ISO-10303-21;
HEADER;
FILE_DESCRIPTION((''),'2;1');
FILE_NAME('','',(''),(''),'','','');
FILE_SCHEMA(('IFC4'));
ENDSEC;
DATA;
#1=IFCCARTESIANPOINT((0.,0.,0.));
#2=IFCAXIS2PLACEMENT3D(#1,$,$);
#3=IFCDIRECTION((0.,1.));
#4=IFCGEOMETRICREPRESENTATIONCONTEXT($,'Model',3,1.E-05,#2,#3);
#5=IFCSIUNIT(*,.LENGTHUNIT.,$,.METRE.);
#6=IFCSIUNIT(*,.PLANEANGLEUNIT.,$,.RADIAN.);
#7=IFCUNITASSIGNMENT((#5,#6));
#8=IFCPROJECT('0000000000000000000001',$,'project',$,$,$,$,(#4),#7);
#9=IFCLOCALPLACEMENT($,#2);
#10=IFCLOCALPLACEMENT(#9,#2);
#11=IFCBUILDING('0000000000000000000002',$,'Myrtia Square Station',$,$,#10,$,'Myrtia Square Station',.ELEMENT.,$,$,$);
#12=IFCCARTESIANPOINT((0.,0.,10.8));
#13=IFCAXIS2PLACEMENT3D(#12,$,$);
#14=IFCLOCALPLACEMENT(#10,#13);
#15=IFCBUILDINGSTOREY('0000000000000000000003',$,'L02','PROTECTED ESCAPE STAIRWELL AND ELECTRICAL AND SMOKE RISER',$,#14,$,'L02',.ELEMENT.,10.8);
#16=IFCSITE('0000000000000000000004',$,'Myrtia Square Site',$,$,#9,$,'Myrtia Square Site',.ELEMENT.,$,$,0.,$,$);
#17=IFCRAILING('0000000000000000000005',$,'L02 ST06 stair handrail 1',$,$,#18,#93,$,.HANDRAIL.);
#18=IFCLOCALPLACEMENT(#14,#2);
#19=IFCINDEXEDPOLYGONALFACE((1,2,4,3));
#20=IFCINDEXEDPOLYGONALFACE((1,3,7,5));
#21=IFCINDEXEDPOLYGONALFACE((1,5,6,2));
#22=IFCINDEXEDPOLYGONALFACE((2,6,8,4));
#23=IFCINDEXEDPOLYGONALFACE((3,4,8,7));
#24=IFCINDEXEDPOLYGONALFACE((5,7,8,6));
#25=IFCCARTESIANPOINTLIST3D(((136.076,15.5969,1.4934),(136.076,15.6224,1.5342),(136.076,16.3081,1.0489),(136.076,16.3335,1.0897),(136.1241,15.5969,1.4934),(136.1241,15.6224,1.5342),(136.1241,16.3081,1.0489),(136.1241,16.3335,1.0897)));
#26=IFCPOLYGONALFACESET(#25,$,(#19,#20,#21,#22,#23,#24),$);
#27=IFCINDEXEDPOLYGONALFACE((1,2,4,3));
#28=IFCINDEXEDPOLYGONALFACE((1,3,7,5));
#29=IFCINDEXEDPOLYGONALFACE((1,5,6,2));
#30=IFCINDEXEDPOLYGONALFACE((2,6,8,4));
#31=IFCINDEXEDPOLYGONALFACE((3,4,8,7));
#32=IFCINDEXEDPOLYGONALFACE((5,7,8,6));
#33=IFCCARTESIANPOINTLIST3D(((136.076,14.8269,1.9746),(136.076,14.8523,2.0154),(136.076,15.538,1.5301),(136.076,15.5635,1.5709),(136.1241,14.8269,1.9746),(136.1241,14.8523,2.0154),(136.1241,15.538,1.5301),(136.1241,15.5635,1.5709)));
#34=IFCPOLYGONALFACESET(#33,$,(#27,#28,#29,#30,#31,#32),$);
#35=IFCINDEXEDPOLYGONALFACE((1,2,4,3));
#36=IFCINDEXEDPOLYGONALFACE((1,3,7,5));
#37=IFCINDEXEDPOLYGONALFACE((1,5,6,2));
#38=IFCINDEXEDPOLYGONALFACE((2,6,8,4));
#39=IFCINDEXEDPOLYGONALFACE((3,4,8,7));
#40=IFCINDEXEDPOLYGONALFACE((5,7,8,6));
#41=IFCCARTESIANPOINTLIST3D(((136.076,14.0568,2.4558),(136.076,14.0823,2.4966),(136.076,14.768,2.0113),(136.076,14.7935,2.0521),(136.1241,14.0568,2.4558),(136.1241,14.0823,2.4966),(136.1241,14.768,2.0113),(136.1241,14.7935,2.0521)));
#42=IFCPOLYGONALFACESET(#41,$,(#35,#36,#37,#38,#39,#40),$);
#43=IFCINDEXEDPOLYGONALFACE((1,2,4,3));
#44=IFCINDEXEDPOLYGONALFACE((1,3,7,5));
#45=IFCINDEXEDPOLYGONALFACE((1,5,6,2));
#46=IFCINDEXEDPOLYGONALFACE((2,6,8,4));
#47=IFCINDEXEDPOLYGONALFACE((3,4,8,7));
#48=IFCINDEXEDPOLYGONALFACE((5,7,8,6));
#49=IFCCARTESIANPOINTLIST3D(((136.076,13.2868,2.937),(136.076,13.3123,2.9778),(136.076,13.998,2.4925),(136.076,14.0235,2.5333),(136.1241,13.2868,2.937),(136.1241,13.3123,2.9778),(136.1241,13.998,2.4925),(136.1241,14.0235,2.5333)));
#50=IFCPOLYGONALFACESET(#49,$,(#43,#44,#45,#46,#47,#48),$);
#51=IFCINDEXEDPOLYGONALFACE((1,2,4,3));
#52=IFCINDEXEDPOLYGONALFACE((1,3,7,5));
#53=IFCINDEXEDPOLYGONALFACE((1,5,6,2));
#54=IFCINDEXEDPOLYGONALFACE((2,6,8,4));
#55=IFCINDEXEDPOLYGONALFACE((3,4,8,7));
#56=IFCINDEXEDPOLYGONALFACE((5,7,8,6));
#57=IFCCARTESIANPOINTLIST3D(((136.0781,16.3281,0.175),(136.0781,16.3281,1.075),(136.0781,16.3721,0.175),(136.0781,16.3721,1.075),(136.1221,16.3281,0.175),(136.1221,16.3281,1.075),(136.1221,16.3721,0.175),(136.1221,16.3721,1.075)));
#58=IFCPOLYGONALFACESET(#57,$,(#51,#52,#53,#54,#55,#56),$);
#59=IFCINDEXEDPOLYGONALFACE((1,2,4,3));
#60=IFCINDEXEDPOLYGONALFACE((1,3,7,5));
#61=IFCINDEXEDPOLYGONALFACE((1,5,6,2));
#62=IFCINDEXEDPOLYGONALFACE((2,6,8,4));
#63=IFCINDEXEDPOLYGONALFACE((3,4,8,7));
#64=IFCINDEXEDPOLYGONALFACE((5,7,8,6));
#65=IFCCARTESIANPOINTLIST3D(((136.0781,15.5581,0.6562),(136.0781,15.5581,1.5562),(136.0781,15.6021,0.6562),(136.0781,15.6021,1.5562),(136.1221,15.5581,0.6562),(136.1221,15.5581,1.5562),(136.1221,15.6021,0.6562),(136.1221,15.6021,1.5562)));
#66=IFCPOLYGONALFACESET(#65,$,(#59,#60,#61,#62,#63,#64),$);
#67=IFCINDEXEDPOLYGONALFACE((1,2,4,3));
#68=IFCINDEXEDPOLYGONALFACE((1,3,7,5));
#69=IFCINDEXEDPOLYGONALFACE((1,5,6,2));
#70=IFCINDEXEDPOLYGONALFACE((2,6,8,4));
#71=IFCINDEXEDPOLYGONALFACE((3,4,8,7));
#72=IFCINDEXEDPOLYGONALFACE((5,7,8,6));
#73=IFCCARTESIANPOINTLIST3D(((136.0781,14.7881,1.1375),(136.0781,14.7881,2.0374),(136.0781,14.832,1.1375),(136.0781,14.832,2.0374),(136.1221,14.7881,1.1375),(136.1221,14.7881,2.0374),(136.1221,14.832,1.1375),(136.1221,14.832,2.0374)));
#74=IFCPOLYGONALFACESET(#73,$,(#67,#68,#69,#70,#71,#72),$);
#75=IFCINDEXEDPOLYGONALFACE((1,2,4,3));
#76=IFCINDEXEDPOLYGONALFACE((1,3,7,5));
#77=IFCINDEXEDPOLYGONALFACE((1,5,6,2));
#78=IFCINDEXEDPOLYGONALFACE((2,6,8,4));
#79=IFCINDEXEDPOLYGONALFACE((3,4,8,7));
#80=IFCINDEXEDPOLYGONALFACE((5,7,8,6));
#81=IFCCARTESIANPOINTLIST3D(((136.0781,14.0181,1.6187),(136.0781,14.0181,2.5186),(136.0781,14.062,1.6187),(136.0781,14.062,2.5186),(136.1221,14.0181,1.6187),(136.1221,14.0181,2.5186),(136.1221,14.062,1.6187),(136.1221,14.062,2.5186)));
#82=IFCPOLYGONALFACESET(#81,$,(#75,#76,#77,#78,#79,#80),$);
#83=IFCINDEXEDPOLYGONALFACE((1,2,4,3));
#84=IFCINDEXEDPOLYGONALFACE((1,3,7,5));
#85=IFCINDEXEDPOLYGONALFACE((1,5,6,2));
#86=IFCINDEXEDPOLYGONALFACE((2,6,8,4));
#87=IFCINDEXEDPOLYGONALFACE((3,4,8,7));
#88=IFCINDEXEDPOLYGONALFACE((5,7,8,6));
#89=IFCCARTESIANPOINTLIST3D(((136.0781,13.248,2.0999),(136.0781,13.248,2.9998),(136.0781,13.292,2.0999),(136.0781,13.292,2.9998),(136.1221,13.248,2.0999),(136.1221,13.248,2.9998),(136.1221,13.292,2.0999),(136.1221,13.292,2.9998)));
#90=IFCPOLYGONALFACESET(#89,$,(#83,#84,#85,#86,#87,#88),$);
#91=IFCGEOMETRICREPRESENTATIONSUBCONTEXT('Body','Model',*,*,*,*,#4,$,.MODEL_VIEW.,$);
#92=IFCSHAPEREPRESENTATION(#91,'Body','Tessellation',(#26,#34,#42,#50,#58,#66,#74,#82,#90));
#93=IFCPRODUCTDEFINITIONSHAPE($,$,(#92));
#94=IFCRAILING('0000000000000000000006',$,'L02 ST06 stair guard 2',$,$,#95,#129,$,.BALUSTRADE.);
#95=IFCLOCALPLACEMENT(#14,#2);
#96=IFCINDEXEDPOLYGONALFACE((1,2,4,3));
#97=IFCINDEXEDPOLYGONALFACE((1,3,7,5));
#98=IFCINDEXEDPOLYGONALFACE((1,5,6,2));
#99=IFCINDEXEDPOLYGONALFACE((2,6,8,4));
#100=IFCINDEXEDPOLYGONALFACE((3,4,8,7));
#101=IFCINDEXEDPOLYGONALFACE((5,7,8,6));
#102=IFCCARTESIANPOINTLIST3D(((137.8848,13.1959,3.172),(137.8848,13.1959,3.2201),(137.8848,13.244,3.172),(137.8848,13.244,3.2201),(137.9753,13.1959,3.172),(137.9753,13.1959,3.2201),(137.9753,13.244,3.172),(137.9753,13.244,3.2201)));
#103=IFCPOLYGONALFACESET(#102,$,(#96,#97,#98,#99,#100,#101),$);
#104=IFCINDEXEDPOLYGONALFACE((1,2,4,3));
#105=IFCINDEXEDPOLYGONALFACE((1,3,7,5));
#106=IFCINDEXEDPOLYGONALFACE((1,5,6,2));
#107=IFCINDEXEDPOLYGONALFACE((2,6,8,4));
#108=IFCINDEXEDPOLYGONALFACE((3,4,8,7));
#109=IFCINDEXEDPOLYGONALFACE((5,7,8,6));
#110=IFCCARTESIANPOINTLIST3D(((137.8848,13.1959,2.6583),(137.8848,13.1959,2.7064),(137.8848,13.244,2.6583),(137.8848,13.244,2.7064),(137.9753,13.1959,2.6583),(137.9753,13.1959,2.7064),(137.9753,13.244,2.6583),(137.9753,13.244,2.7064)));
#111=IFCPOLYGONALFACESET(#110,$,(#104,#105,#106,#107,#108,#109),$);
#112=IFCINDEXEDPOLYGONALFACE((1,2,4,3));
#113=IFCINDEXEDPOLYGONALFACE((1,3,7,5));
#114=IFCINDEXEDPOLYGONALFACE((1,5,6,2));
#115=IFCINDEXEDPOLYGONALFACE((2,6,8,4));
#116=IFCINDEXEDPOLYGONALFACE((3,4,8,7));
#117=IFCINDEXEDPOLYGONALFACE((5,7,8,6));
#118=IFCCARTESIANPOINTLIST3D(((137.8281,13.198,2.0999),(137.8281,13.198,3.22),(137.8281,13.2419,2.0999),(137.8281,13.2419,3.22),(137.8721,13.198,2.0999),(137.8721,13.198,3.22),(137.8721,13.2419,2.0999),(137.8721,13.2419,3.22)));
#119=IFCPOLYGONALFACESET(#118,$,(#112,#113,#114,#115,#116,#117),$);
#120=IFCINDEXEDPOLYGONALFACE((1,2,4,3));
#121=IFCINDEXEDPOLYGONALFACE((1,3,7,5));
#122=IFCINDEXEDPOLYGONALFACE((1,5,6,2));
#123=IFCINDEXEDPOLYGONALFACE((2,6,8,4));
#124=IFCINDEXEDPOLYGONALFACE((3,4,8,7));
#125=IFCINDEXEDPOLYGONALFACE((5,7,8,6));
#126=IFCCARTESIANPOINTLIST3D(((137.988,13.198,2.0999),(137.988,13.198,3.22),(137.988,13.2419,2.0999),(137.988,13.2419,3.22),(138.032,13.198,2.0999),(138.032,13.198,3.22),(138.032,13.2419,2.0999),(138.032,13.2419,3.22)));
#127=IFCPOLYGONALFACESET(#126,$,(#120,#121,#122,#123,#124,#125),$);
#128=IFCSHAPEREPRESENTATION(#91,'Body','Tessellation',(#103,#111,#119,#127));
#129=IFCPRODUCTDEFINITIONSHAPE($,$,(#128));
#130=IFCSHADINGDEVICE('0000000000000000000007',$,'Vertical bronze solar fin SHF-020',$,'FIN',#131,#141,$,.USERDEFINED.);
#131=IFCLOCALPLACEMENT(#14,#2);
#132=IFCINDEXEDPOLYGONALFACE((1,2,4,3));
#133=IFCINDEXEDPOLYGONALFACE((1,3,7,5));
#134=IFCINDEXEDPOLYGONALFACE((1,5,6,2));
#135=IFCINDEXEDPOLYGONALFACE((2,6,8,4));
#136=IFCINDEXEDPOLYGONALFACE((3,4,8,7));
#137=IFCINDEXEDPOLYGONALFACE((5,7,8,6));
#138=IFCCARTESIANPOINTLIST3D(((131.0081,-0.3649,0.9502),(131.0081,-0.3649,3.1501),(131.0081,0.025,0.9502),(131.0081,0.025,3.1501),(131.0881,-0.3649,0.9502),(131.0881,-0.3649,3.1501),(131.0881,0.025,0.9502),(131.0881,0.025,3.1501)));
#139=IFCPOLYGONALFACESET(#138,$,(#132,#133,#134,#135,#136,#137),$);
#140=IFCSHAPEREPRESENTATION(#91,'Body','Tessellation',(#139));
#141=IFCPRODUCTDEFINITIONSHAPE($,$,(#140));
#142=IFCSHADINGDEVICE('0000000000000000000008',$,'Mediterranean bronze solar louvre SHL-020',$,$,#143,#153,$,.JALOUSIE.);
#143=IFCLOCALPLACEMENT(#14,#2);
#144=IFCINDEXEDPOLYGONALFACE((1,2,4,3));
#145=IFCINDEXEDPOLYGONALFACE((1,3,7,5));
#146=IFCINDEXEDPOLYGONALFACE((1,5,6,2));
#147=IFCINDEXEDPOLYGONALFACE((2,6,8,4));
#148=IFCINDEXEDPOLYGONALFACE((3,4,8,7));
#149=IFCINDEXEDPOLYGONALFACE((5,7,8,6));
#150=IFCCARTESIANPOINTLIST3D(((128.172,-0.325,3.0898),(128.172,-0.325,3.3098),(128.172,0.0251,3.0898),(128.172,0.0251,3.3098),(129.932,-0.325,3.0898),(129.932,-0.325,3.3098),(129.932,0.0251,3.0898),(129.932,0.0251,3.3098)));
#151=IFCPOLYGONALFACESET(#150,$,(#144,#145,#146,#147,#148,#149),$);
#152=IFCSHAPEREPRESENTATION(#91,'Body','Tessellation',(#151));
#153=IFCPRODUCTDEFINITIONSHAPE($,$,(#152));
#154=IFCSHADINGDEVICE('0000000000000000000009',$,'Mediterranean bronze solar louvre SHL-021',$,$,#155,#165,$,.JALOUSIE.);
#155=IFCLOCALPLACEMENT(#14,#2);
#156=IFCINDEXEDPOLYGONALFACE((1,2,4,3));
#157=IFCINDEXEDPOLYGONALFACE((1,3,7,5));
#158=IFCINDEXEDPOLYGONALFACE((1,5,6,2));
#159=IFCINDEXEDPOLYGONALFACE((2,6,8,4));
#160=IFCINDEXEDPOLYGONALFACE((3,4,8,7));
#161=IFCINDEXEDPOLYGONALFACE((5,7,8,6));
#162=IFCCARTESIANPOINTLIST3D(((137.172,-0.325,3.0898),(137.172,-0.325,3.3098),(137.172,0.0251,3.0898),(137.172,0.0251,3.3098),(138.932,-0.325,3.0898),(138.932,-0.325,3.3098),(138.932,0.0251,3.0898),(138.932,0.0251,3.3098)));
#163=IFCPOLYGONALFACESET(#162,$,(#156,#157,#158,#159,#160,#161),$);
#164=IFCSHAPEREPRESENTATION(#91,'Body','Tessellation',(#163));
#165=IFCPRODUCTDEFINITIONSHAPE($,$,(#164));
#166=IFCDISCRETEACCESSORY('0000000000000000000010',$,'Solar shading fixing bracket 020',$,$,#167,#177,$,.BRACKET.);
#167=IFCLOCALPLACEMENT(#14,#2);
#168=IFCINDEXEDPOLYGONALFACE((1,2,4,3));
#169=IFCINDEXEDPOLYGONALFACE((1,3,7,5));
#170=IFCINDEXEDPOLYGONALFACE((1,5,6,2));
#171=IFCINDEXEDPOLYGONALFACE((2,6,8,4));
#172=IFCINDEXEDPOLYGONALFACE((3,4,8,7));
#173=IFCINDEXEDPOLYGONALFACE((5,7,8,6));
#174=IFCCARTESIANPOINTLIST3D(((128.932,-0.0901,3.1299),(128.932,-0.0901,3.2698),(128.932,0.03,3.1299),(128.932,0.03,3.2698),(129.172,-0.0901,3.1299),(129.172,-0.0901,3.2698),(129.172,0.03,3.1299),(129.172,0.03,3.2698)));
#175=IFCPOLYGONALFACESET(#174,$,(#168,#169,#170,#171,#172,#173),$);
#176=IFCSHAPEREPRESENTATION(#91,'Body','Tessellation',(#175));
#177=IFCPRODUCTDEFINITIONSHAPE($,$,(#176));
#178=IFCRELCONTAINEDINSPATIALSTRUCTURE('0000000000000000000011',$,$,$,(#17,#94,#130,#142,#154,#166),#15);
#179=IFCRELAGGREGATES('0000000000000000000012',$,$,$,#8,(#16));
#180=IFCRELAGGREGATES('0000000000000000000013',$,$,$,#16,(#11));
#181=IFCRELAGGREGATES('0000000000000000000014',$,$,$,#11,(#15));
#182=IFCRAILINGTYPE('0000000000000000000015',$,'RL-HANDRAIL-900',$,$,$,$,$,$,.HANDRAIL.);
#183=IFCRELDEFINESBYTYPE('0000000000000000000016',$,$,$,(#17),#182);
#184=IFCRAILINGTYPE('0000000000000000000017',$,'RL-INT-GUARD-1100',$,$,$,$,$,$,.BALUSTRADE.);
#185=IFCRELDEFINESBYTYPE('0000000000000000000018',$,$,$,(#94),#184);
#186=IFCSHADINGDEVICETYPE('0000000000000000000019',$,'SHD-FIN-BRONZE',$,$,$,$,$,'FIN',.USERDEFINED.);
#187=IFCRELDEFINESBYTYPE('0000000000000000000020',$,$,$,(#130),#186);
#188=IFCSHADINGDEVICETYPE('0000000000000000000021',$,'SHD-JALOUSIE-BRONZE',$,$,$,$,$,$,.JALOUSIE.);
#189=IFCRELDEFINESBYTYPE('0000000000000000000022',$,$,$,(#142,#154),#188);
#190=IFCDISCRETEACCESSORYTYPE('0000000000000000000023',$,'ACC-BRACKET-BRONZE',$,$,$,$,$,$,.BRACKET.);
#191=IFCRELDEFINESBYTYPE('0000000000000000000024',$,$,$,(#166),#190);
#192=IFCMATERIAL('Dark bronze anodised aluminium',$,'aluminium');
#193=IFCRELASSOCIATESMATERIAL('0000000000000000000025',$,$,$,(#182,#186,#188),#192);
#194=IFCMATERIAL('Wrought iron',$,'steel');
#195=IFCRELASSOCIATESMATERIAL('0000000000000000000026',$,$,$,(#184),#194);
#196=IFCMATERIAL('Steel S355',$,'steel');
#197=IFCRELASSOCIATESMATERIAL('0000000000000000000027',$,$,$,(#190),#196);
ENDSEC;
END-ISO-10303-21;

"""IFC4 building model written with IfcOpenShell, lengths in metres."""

from ifc_helpers import new_model, si_unit, direction, frame, origin, origin_2d, place, context, subcontext, project, spatial, rectangle, extrude, material, type_object, element, save


model = new_model("IFC4")

# Units and contexts
model_context = context("Model", 3, precision=1e-05, world=origin(), true_north=direction((0.0, 1.0)))
body_context = subcontext(model_context, "Body", "Model", "MODEL_VIEW")
ifc_project = project(units=[si_unit("LENGTHUNIT", "METRE"), si_unit("PLANEANGLEUNIT", "RADIAN")], contexts=[model_context])

# Site, building, storey
site_placement = place(None, origin())
site = spatial("IfcSite", under=ifc_project, at=site_placement, Name="Myrtia Square Site", LongName="Myrtia Square Site", CompositionType="ELEMENT", RefElevation=0.0)
building_placement = place(site_placement, origin())
building = spatial("IfcBuilding", under=site, at=building_placement, Name="Myrtia Square Station", LongName="Myrtia Square Station", CompositionType="ELEMENT")
storey_placement = place(building_placement, frame((0.0, 0.0, 10.8)))
storey = spatial("IfcBuildingStorey", under=building, at=storey_placement, Name="L02", Description="PROTECTED ESCAPE STAIRWELL AND ELECTRICAL AND SMOKE RISER", LongName="L02", CompositionType="ELEMENT", Elevation=10.8)

# Shared definitions
ifc_material_1 = material(Name="Steel S355", Category="steel")

# Railings
ifc_material_2 = material(Name="Dark bronze anodised aluminium", Category="aluminium")
railing_type_1 = type_object("IfcRailingType", Name="RL-HANDRAIL-900", PredefinedType="HANDRAIL", material=ifc_material_2)
railing_1_placement = place(storey_placement, frame((136.1001, 16.3501, 0.175)))
element("IfcRailing", 1, at=railing_1_placement, inside=storey, type_object=railing_type_1, Name="L02 ST06 stair handrail 1", PredefinedType="HANDRAIL", context=body_context, shape_type="SweptSolid", body=[
    extrude(rectangle(XDim=0.0481, YDim=0.0481, at=origin_2d()), frame((0.0, -0.0293, 0.8943), z_axis=(0.0, -0.848029, 0.529951), x_axis=(1.0, 0.0, 0.0)), (0.0, 0.0, 1.0), 0.8386),
    extrude(rectangle(XDim=0.0481, YDim=0.0481, at=origin_2d()), frame((0.0, -0.7993, 1.3755), z_axis=(0.0, -0.848029, 0.529951), x_axis=(1.0, 0.0, 0.0)), (0.0, 0.0, 1.0), 0.8386),
    extrude(rectangle(XDim=0.0481, YDim=0.0481, at=origin_2d()), frame((0.0, -1.5693, 1.8567), z_axis=(0.0, -0.848029, 0.529951), x_axis=(1.0, 0.0, 0.0)), (0.0, 0.0, 1.0), 0.8386),
    extrude(rectangle(XDim=0.0481, YDim=0.0481, at=origin_2d()), frame((0.0, -2.3394, 2.3379), z_axis=(0.0, -0.848029, 0.529951), x_axis=(1.0, 0.0, 0.0)), (0.0, 0.0, 1.0), 0.8386),
    extrude(rectangle(XDim=0.0439, YDim=0.0439, at=origin_2d()), origin(), (0.0, 0.0, 1.0), 0.8999),
    extrude(rectangle(XDim=0.0439, YDim=0.0439, at=origin_2d()), frame((0.0, -0.77, 0.4812)), (0.0, 0.0, 1.0), 0.8999),
    extrude(rectangle(XDim=0.0439, YDim=0.0439, at=origin_2d()), frame((0.0, -1.54, 0.9624)), (0.0, 0.0, 1.0), 0.8999),
    extrude(rectangle(XDim=0.0439, YDim=0.0439, at=origin_2d()), frame((0.0, -2.3101, 1.4436)), (0.0, 0.0, 1.0), 0.8999),
    extrude(rectangle(XDim=0.0439, YDim=0.0439, at=origin_2d()), frame((0.0, -3.0801, 1.9248)), (0.0, 0.0, 1.0), 0.8999),
])
ifc_material_3 = material(Name="Wrought iron", Category="steel")
railing_type_2 = type_object("IfcRailingType", Name="RL-INT-GUARD-1100", PredefinedType="BALUSTRADE", material=ifc_material_3)
railing_2_placement = place(storey_placement, frame((137.8501, 13.22, 2.0999)))
element("IfcRailing", 2, at=railing_2_placement, inside=storey, type_object=railing_type_2, Name="L02 ST06 stair guard 2", PredefinedType="BALUSTRADE", context=body_context, shape_type="SweptSolid", body=[
    extrude(rectangle(XDim=0.0481, YDim=0.0481, at=origin_2d()), frame((0.0347, 0.0, 1.0962), z_axis=(1.0, 0.0, 0.0), x_axis=(0.0, 1.0, 0.0)), (0.0, 0.0, 1.0), 0.0906),
    extrude(rectangle(XDim=0.0481, YDim=0.0481, at=origin_2d()), frame((0.0347, 0.0, 0.5825), z_axis=(1.0, 0.0, 0.0), x_axis=(0.0, 1.0, 0.0)), (0.0, 0.0, 1.0), 0.0906),
    extrude(rectangle(XDim=0.0439, YDim=0.0439, at=origin_2d()), origin(), (0.0, 0.0, 1.0), 1.1201),
    extrude(rectangle(XDim=0.0439, YDim=0.0439, at=origin_2d()), frame((0.1599, 0.0, 0.0)), (0.0, 0.0, 1.0), 1.1201),
])

# Shading devices
shading_device_type_1 = type_object("IfcShadingDeviceType", Name="SHD-FIN-BRONZE", ElementType="FIN", PredefinedType="USERDEFINED", material=ifc_material_2)
shading_device_placement = place(storey_placement, frame((131.0481, -0.1699, 0.9502), z_axis=(0.0, 0.0, 1.0), x_axis=(1.0, 0.0, 0.0)))
element("IfcShadingDevice", 3, at=shading_device_placement, inside=storey, type_object=shading_device_type_1, Name="Vertical bronze solar fin SHF-020", ObjectType="FIN", PredefinedType="USERDEFINED", context=body_context, shape_type="SweptSolid", body=[
    extrude(rectangle(XDim=0.0801, YDim=0.3899, at=origin_2d()), origin(), (0.0, 0.0, 1.0), 2.2),
])
shading_device_type_2 = type_object("IfcShadingDeviceType", Name="SHD-JALOUSIE-BRONZE", PredefinedType="JALOUSIE", material=ifc_material_2)
for number, where, z_axis, x_axis, name in (
    (4, (129.052, -0.1499, 3.0898), (0.0, 0.0, 1.0), (1.0, 0.0, 0.0), "Mediterranean bronze solar louvre SHL-020"),
    (5, (138.052, -0.1499, 3.0898), (0.0, 0.0, 1.0), (1.0, 0.0, 0.0), "Mediterranean bronze solar louvre SHL-021"),
):
    element("IfcShadingDevice", number, at=place(storey_placement, frame(where, z_axis=z_axis, x_axis=x_axis)), inside=storey, type_object=shading_device_type_2, Name=name, PredefinedType="JALOUSIE", context=body_context, shape_type="SweptSolid", body=[
        extrude(rectangle(XDim=1.76, YDim=0.3501, at=origin_2d()), origin(), (0.0, 0.0, 1.0), 0.22),
    ])

# Discrete accessory
discrete_accessory_type = type_object("IfcDiscreteAccessoryType", Name="ACC-BRACKET-BRONZE", PredefinedType="BRACKET", material=ifc_material_1)
discrete_accessory_placement = place(storey_placement, frame((129.052, -0.03, 3.1299), z_axis=(0.0, 0.0, 1.0), x_axis=(1.0, 0.0, 0.0)))
element("IfcDiscreteAccessory", 6, at=discrete_accessory_placement, inside=storey, type_object=discrete_accessory_type, Name="Solar shading fixing bracket 020", PredefinedType="BRACKET", context=body_context, shape_type="SweptSolid", body=[
    extrude(rectangle(XDim=0.24, YDim=0.1201, at=origin_2d()), origin(), (0.0, 0.0, 1.0), 0.1399),
])

save(model, "model.ifc")
